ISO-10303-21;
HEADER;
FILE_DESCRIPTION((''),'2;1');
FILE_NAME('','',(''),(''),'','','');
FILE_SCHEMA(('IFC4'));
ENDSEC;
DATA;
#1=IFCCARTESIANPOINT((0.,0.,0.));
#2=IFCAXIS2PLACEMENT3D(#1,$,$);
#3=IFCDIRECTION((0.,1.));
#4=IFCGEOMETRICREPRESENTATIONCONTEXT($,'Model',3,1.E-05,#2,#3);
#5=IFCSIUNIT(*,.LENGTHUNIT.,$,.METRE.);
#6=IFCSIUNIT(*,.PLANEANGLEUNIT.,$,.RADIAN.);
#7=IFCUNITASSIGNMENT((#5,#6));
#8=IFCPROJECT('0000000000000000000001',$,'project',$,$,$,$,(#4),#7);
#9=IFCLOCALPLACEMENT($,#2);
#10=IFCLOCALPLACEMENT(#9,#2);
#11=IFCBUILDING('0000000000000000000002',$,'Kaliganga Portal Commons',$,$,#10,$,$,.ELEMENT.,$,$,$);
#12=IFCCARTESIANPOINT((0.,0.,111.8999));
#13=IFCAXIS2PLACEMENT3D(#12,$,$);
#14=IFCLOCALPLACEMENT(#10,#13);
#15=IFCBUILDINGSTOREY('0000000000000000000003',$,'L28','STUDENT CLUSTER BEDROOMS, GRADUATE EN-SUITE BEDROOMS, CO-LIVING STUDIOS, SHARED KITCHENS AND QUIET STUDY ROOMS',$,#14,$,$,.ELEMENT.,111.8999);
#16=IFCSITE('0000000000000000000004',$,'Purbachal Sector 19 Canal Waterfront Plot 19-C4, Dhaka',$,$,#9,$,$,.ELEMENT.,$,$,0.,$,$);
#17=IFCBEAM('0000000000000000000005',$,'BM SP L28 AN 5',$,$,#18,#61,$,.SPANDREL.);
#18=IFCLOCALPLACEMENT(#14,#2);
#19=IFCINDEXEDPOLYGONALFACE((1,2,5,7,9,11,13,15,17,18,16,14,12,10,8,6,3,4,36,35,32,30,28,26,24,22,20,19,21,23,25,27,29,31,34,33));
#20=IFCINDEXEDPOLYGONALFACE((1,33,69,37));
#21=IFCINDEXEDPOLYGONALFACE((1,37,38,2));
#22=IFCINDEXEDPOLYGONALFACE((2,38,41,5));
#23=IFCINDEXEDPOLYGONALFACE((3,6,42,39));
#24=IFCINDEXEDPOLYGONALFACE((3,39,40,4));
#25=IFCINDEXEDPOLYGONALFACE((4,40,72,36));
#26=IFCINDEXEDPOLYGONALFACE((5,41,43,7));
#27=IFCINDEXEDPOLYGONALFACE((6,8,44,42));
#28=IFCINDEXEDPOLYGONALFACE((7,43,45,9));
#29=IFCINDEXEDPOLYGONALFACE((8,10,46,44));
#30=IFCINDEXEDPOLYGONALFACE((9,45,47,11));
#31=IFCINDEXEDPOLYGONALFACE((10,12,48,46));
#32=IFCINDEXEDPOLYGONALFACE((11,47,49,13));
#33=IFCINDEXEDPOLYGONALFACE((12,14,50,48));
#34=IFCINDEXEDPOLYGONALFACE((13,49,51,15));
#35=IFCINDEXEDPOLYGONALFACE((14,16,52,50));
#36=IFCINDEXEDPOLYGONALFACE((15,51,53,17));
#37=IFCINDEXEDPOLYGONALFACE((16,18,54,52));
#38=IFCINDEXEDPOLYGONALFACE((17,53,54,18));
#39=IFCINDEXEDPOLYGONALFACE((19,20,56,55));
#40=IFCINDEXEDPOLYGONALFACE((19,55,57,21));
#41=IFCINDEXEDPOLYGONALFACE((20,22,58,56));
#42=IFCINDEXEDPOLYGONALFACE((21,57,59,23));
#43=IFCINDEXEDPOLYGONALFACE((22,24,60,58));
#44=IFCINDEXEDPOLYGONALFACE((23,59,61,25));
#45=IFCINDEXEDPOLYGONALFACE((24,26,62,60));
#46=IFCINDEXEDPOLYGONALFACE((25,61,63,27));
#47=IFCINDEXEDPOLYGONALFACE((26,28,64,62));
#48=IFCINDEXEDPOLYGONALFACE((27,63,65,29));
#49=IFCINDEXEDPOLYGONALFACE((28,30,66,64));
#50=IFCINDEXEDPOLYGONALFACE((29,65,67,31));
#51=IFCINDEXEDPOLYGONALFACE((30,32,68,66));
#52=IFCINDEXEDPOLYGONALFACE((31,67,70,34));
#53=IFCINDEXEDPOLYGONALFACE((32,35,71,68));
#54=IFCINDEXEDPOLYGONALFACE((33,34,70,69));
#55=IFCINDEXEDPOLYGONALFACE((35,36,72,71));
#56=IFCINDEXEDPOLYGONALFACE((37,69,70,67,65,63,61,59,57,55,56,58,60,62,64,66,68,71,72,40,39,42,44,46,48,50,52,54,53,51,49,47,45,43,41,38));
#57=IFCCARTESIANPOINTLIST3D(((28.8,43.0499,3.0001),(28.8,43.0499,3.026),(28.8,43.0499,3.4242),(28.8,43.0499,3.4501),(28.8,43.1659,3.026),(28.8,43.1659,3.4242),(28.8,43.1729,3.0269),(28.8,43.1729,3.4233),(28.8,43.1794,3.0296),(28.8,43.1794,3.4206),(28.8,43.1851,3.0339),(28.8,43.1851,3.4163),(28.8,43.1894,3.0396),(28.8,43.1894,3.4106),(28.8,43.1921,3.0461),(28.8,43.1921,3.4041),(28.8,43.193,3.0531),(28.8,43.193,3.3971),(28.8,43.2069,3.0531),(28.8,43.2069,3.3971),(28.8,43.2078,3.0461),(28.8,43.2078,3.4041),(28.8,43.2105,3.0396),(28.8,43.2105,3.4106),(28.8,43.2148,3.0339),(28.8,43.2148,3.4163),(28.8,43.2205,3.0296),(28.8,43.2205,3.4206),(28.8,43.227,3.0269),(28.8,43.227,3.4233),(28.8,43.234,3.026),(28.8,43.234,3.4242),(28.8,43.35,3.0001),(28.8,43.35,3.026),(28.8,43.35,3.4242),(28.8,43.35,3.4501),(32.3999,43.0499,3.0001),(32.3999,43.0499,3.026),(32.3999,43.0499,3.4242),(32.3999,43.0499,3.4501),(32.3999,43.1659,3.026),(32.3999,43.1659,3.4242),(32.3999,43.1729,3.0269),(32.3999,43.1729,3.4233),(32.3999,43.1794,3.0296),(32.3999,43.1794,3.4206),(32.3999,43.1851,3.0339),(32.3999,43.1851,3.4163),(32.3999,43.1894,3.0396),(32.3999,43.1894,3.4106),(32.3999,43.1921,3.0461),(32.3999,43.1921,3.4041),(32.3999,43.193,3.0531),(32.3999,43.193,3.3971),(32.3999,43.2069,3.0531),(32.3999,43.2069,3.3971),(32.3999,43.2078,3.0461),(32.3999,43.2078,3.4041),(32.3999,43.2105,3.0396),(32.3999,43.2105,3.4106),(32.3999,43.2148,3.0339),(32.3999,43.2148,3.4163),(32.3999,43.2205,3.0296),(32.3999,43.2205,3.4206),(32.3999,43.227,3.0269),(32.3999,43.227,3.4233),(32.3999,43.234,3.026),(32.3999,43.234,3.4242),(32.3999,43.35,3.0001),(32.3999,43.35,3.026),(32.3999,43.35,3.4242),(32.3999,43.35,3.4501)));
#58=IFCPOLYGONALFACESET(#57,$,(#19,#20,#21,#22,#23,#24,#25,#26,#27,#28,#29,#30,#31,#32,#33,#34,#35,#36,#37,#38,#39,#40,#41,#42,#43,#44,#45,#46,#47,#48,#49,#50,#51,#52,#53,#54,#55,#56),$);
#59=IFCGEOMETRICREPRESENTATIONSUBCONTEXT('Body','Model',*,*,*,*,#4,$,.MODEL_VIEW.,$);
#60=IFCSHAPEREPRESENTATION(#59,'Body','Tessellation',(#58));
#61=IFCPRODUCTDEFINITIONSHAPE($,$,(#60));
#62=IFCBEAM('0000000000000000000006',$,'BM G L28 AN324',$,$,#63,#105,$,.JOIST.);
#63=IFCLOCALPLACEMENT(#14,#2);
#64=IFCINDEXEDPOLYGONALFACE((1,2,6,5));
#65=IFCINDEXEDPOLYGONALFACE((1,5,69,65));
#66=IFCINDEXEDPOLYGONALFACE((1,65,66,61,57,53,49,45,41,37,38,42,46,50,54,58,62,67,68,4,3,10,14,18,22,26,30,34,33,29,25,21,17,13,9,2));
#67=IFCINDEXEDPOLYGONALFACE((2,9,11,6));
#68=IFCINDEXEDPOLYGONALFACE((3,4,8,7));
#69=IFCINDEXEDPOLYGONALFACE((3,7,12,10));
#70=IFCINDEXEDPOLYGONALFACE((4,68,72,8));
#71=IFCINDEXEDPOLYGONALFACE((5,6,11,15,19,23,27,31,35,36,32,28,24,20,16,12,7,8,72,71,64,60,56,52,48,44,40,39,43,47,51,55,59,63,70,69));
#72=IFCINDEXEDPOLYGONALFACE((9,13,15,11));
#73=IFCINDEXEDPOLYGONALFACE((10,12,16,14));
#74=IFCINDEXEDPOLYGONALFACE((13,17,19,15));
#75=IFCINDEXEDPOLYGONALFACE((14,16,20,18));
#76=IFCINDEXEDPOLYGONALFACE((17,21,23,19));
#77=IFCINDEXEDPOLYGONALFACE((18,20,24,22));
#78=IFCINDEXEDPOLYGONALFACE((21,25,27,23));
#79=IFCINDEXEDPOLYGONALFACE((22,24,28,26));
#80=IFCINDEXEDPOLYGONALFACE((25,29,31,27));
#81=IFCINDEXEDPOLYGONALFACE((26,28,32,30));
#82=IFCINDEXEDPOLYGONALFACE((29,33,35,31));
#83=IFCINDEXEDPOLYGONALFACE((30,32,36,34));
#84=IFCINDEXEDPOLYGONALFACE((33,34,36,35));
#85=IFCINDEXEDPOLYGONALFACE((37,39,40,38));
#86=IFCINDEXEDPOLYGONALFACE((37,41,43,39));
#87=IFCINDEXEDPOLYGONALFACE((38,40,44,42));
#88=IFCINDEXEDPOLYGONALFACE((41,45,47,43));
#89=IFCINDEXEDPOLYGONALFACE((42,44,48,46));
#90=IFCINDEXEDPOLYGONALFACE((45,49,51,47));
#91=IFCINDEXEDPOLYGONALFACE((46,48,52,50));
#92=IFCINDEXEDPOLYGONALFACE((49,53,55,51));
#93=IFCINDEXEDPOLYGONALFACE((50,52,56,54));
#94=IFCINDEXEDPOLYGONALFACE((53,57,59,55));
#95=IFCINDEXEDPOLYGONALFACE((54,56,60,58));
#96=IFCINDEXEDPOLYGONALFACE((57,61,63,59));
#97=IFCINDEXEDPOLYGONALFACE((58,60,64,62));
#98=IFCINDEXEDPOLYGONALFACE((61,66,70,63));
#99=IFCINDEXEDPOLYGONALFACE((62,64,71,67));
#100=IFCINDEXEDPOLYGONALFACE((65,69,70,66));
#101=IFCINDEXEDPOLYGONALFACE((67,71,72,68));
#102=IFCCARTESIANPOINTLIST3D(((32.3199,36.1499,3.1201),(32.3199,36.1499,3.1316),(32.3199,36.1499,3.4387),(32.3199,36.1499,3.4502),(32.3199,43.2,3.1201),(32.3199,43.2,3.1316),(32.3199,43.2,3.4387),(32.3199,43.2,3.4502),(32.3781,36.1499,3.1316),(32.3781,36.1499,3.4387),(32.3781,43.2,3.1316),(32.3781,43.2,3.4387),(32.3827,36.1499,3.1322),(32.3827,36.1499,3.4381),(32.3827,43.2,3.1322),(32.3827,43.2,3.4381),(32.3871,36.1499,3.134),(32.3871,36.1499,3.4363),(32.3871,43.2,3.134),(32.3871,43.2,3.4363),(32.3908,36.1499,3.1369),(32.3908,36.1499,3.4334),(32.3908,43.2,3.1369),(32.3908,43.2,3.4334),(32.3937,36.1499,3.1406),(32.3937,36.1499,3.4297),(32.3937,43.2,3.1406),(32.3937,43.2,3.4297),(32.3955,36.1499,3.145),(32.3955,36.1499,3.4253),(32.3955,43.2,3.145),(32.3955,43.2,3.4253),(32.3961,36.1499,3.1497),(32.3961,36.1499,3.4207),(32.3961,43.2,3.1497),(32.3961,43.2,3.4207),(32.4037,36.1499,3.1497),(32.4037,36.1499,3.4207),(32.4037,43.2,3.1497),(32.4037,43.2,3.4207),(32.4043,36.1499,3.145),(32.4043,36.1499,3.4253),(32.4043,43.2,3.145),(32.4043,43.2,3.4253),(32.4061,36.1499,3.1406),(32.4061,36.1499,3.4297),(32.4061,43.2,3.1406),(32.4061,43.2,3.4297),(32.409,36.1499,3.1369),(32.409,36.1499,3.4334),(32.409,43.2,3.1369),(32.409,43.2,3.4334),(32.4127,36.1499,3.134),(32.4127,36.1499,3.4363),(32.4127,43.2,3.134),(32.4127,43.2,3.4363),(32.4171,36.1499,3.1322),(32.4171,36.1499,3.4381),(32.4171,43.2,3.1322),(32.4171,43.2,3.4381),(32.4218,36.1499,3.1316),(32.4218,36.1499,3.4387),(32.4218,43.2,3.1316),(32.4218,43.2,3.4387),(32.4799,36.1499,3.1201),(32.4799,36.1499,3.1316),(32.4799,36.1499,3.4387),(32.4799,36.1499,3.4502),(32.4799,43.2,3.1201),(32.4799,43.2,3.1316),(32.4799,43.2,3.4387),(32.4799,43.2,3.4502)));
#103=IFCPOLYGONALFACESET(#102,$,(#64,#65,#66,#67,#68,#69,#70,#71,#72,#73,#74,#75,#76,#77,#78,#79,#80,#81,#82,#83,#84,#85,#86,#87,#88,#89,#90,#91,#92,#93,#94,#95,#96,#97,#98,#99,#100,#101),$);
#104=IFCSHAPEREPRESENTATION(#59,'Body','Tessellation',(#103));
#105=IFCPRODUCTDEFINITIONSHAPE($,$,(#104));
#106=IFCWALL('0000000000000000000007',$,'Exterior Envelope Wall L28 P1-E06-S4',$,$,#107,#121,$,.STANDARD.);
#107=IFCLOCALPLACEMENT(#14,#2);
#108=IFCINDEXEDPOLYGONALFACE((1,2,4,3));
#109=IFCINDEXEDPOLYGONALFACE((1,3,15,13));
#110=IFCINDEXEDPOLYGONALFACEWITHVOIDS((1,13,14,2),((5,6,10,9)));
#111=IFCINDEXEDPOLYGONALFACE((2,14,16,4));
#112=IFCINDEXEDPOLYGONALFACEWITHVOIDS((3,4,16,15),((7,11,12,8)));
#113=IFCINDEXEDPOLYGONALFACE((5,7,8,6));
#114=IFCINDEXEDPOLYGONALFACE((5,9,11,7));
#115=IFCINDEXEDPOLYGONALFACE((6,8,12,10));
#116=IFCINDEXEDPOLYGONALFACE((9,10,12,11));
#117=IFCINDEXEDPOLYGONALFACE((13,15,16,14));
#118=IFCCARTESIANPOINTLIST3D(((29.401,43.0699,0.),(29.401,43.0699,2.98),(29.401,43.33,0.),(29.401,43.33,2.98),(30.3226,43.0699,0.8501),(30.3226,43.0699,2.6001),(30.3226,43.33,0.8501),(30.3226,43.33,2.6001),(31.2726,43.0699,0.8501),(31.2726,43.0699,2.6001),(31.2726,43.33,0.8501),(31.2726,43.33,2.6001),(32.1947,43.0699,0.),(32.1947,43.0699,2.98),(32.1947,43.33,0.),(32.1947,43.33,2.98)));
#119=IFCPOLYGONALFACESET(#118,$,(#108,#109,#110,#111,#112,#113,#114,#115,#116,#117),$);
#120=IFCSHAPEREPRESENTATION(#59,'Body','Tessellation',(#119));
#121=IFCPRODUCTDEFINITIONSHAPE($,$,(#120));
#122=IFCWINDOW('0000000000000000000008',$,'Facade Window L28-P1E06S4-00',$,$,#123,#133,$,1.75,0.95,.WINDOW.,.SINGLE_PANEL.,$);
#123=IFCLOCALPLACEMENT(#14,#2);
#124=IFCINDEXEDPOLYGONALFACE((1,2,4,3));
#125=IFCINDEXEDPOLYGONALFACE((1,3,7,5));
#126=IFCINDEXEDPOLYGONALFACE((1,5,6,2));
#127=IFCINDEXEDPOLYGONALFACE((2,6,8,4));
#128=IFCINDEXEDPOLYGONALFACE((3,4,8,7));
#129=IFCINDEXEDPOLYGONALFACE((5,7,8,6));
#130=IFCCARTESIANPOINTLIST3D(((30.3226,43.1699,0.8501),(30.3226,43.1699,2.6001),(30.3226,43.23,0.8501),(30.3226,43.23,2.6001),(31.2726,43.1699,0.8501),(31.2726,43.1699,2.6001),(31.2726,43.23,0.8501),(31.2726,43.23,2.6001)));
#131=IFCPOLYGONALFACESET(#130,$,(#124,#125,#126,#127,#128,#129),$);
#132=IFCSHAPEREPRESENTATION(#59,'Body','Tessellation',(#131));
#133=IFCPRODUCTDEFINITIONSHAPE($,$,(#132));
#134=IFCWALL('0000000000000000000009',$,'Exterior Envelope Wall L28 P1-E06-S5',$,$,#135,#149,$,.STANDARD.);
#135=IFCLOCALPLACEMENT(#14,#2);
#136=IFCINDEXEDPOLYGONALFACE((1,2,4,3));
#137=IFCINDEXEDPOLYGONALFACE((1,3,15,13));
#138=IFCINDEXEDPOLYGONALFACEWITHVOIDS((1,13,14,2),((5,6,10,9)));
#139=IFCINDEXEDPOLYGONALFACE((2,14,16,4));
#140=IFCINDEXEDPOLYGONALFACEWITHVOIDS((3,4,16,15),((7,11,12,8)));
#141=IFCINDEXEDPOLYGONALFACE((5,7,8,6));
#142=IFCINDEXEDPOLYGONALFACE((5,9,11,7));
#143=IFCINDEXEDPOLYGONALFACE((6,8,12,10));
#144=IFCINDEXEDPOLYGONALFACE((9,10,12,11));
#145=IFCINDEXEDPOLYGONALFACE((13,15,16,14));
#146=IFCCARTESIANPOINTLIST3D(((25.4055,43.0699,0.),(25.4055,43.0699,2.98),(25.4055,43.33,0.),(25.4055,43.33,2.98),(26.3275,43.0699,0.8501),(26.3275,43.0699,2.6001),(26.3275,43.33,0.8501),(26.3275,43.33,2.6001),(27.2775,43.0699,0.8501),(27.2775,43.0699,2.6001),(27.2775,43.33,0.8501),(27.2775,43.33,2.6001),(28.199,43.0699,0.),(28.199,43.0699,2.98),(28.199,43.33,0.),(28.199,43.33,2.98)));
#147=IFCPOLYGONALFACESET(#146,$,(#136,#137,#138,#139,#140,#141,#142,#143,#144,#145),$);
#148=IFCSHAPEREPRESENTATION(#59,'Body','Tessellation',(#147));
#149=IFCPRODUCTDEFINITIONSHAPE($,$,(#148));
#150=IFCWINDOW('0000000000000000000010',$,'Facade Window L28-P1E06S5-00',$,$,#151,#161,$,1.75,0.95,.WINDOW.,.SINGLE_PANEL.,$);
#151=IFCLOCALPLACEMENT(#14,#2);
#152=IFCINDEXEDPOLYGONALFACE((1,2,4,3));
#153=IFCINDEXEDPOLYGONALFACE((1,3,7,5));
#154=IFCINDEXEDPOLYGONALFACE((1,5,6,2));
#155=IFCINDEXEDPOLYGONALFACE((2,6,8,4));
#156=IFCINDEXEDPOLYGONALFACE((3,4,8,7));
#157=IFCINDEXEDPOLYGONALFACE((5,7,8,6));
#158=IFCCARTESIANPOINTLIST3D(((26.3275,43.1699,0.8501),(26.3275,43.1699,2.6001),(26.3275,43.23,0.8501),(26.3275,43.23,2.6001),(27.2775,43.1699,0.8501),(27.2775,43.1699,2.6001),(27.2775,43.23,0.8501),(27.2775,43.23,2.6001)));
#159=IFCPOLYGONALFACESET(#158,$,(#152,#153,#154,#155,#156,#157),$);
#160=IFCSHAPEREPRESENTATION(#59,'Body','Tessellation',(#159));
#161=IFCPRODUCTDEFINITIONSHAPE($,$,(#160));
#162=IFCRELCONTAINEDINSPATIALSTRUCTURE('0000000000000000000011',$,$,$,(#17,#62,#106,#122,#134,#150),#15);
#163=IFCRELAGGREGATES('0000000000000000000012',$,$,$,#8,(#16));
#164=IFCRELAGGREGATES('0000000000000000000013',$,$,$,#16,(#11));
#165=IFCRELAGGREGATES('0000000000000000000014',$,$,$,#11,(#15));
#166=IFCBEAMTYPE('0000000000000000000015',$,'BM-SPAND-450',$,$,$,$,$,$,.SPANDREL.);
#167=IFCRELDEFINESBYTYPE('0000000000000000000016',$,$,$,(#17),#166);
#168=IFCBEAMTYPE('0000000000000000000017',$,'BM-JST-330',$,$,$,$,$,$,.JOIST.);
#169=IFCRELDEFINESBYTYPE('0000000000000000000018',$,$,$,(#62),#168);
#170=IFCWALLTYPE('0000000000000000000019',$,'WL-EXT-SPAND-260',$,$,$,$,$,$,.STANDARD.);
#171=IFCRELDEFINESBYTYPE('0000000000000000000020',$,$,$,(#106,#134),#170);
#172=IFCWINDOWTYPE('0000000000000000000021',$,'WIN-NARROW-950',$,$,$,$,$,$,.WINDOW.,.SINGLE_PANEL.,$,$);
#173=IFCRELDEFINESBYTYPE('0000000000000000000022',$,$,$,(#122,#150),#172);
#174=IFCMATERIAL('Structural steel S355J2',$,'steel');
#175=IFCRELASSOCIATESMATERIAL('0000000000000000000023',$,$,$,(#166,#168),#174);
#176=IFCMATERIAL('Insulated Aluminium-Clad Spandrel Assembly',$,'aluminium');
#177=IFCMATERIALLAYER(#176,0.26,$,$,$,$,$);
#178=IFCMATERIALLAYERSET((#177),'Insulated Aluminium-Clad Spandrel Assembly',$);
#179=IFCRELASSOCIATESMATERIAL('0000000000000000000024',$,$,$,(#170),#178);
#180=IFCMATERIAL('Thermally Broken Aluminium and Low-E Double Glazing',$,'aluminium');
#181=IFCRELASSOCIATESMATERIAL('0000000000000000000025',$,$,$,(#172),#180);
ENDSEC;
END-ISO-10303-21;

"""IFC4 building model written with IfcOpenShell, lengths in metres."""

from ifc_helpers import new_model, si_unit, direction, frame, frame_2d, origin, origin_2d, place, context, subcontext, project, spatial, rectangle, i_section, extrude, source, transform, mapped, material, layer, layer_set, material_profile, profile_set, type_object, element, fill, save


model = new_model("IFC4")

# Units and contexts
model_context = context("Model", 3, precision=1e-05, world=origin(), true_north=direction((0.0, 1.0)))
body_context = subcontext(model_context, "Body", "Model", "MODEL_VIEW")
ifc_project = project(units=[si_unit("LENGTHUNIT", "METRE"), si_unit("PLANEANGLEUNIT", "RADIAN")], contexts=[model_context])

# Site, building, storey
site_placement = place(None, origin())
site = spatial("IfcSite", under=ifc_project, at=site_placement, Name="Purbachal Sector 19 Canal Waterfront Plot 19-C4, Dhaka", CompositionType="ELEMENT", RefElevation=0.0)
building_placement = place(site_placement, origin())
building = spatial("IfcBuilding", under=site, at=building_placement, Name="Kaliganga Portal Commons", CompositionType="ELEMENT")
storey_placement = place(building_placement, frame((0.0, 0.0, 111.8999)))
storey = spatial("IfcBuildingStorey", under=building, at=storey_placement, Name="L28", Description="STUDENT CLUSTER BEDROOMS, GRADUATE EN-SUITE BEDROOMS, CO-LIVING STUDIOS, SHARED KITCHENS AND QUIET STUDY ROOMS", CompositionType="ELEMENT", Elevation=111.8999)

# Beams
ifc_material_1 = material(Name="Structural steel S355J2", Category="steel")
ifc_material_profile_1 = material_profile(ifc_material_1, i_section(OverallWidth=0.3, OverallDepth=0.45, WebThickness=0.0139, FlangeThickness=0.0259, FilletRadius=0.0271, at=origin_2d()), Name="HE 450 B")
ifc_profile_set_1 = profile_set([ifc_material_profile_1], Name="Structural steel S355J2 wide-flange")
beam_type_1 = type_object("IfcBeamType", Name="BM-SPAND-450", PredefinedType="SPANDREL", material=ifc_profile_set_1)
shared_shape_1 = source(origin(), body_context, "Body", "SweptSolid", [
    extrude(i_section(OverallWidth=0.3, OverallDepth=0.45, WebThickness=0.0139, FlangeThickness=0.0259, FilletRadius=0.0271, at=origin_2d()), origin(), (0.0, 0.0, 1.0), 3.5999),
])
for number, where, z_axis, x_axis, name in (
    (1, (28.8, 43.2, 3.2251), (1.0, 0.0, 0.0), (0.0, 1.0, 0.0), "BM SP L28 AN 5"),
):
    element("IfcBeam", number, at=place(storey_placement, frame(where, z_axis=z_axis, x_axis=x_axis)), inside=storey, type_object=beam_type_1, Name=name, PredefinedType="SPANDREL", context=body_context, shape_type="MappedRepresentation", body=[
        mapped(shared_shape_1, transform((0.0, 0.0, 0.0), x_axis=(1.0, 0.0, 0.0), y_axis=(0.0, 1.0, 0.0), z_axis=(0.0, 0.0, 1.0), scale=1.0)),
    ])
ifc_material_profile_2 = material_profile(ifc_material_1, i_section(OverallWidth=0.1599, OverallDepth=0.3301, WebThickness=0.0076, FlangeThickness=0.0115, FilletRadius=0.0181, at=origin_2d()), Name="IPE 330")
ifc_profile_set_2 = profile_set([ifc_material_profile_2], Name="Structural steel S355J2 wide-flange")
beam_type_2 = type_object("IfcBeamType", Name="BM-JST-330", PredefinedType="JOIST", material=ifc_profile_set_2)
shared_shape_2 = source(origin(), body_context, "Body", "SweptSolid", [
    extrude(i_section(OverallWidth=0.1599, OverallDepth=0.3301, WebThickness=0.0076, FlangeThickness=0.0115, FilletRadius=0.0181, at=origin_2d()), origin(), (0.0, 0.0, 1.0), 7.05),
])
beam_1_placement = place(storey_placement, frame((32.3999, 36.1499, 3.2852), z_axis=(0.0, 1.0, 0.0), x_axis=(-1.0, 0.0, 0.0)))
element("IfcBeam", 2, at=beam_1_placement, inside=storey, type_object=beam_type_2, Name="BM G L28 AN324", PredefinedType="JOIST", context=body_context, shape_type="MappedRepresentation", body=[
    mapped(shared_shape_2, transform((0.0, 0.0, 0.0), x_axis=(1.0, 0.0, 0.0), y_axis=(0.0, 1.0, 0.0), z_axis=(0.0, 0.0, 1.0), scale=1.0)),
])

# Walls, openings, windows
ifc_material_2 = material(Name="Insulated Aluminium-Clad Spandrel Assembly", Category="aluminium")
ifc_layer_1 = layer(ifc_material_2, 0.26)
ifc_layer_set_1 = layer_set([ifc_layer_1], Name="Insulated Aluminium-Clad Spandrel Assembly")
wall_type_1 = type_object("IfcWallType", Name="WL-EXT-SPAND-260", PredefinedType="STANDARD", material=ifc_layer_set_1)
wall_1_placement = place(storey_placement, frame((29.4009, 43.2, 0.0), z_axis=(0.0, 0.0, 1.0), x_axis=(1.0, 0.0, 0.0)))
wall_1 = element("IfcWall", 3, at=wall_1_placement, inside=storey, type_object=wall_type_1, Name="Exterior Envelope Wall L28 P1-E06-S4", PredefinedType="STANDARD", context=body_context, shape_type="SweptSolid", body=[
    extrude(rectangle(XDim=2.7937, YDim=0.26, at=frame_2d((1.397, 0.0))), origin(), (0.0, 0.0, 1.0), 2.98),
])
opening_1_placement = place(wall_1_placement, frame((0.9216, 0.0, 0.8501)))
opening_1 = element("IfcOpeningElement", 4, at=opening_1_placement, cuts=wall_1, PredefinedType="OPENING", context=body_context, shape_type="SweptSolid", body=[
    extrude(rectangle(XDim=0.95, YDim=1.75, at=frame_2d((0.4751, 0.875))), frame((0.0, 0.1401, 0.0), z_axis=(0.0, -1.0, 0.0), x_axis=(1.0, 0.0, 0.0)), (0.0, 0.0, 1.0), 0.28),
])
ifc_material_3 = material(Name="Thermally Broken Aluminium and Low-E Double Glazing", Category="aluminium")
window_type = type_object("IfcWindowType", Name="WIN-NARROW-950", PartitioningType="SINGLE_PANEL", PredefinedType="WINDOW", material=ifc_material_3)
window_1_placement = place(opening_1_placement, origin())
window_1 = element("IfcWindow", 5, at=window_1_placement, inside=storey, type_object=window_type, Name="Facade Window L28-P1E06S4-00", OverallHeight=1.75, OverallWidth=0.95, PartitioningType="SINGLE_PANEL", PredefinedType="WINDOW", context=body_context, shape_type="SweptSolid", body=[
    extrude(rectangle(XDim=0.95, YDim=1.75, at=frame_2d((0.4751, 0.875))), frame((0.0, 0.03, 0.0), z_axis=(0.0, -1.0, 0.0), x_axis=(1.0, 0.0, 0.0)), (0.0, 0.0, 1.0), 0.0601),
])
fill(opening_1, window_1)
wall_2_placement = place(storey_placement, frame((25.4055, 43.2, 0.0), z_axis=(0.0, 0.0, 1.0), x_axis=(1.0, 0.0, 0.0)))
wall_2 = element("IfcWall", 6, at=wall_2_placement, inside=storey, type_object=wall_type_1, Name="Exterior Envelope Wall L28 P1-E06-S5", PredefinedType="STANDARD", context=body_context, shape_type="SweptSolid", body=[
    extrude(rectangle(XDim=2.7935, YDim=0.26, at=frame_2d((1.3967, 0.0))), origin(), (0.0, 0.0, 1.0), 2.98),
])
opening_2_placement = place(wall_2_placement, frame((0.9219, 0.0, 0.8501)))
opening_2 = element("IfcOpeningElement", 7, at=opening_2_placement, cuts=wall_2, PredefinedType="OPENING", context=body_context, shape_type="SweptSolid", body=[
    extrude(rectangle(XDim=0.95, YDim=1.75, at=frame_2d((0.4751, 0.875))), frame((0.0, 0.1401, 0.0), z_axis=(0.0, -1.0, 0.0), x_axis=(1.0, 0.0, 0.0)), (0.0, 0.0, 1.0), 0.28),
])
window_2_placement = place(opening_2_placement, origin())
window_2 = element("IfcWindow", 8, at=window_2_placement, inside=storey, type_object=window_type, Name="Facade Window L28-P1E06S5-00", OverallHeight=1.75, OverallWidth=0.95, PartitioningType="SINGLE_PANEL", PredefinedType="WINDOW", context=body_context, shape_type="SweptSolid", body=[
    extrude(rectangle(XDim=0.95, YDim=1.75, at=frame_2d((0.4751, 0.875))), frame((0.0, 0.03, 0.0), z_axis=(0.0, -1.0, 0.0), x_axis=(1.0, 0.0, 0.0)), (0.0, 0.0, 1.0), 0.0601),
])
fill(opening_2, window_2)

save(model, "model.ifc")
